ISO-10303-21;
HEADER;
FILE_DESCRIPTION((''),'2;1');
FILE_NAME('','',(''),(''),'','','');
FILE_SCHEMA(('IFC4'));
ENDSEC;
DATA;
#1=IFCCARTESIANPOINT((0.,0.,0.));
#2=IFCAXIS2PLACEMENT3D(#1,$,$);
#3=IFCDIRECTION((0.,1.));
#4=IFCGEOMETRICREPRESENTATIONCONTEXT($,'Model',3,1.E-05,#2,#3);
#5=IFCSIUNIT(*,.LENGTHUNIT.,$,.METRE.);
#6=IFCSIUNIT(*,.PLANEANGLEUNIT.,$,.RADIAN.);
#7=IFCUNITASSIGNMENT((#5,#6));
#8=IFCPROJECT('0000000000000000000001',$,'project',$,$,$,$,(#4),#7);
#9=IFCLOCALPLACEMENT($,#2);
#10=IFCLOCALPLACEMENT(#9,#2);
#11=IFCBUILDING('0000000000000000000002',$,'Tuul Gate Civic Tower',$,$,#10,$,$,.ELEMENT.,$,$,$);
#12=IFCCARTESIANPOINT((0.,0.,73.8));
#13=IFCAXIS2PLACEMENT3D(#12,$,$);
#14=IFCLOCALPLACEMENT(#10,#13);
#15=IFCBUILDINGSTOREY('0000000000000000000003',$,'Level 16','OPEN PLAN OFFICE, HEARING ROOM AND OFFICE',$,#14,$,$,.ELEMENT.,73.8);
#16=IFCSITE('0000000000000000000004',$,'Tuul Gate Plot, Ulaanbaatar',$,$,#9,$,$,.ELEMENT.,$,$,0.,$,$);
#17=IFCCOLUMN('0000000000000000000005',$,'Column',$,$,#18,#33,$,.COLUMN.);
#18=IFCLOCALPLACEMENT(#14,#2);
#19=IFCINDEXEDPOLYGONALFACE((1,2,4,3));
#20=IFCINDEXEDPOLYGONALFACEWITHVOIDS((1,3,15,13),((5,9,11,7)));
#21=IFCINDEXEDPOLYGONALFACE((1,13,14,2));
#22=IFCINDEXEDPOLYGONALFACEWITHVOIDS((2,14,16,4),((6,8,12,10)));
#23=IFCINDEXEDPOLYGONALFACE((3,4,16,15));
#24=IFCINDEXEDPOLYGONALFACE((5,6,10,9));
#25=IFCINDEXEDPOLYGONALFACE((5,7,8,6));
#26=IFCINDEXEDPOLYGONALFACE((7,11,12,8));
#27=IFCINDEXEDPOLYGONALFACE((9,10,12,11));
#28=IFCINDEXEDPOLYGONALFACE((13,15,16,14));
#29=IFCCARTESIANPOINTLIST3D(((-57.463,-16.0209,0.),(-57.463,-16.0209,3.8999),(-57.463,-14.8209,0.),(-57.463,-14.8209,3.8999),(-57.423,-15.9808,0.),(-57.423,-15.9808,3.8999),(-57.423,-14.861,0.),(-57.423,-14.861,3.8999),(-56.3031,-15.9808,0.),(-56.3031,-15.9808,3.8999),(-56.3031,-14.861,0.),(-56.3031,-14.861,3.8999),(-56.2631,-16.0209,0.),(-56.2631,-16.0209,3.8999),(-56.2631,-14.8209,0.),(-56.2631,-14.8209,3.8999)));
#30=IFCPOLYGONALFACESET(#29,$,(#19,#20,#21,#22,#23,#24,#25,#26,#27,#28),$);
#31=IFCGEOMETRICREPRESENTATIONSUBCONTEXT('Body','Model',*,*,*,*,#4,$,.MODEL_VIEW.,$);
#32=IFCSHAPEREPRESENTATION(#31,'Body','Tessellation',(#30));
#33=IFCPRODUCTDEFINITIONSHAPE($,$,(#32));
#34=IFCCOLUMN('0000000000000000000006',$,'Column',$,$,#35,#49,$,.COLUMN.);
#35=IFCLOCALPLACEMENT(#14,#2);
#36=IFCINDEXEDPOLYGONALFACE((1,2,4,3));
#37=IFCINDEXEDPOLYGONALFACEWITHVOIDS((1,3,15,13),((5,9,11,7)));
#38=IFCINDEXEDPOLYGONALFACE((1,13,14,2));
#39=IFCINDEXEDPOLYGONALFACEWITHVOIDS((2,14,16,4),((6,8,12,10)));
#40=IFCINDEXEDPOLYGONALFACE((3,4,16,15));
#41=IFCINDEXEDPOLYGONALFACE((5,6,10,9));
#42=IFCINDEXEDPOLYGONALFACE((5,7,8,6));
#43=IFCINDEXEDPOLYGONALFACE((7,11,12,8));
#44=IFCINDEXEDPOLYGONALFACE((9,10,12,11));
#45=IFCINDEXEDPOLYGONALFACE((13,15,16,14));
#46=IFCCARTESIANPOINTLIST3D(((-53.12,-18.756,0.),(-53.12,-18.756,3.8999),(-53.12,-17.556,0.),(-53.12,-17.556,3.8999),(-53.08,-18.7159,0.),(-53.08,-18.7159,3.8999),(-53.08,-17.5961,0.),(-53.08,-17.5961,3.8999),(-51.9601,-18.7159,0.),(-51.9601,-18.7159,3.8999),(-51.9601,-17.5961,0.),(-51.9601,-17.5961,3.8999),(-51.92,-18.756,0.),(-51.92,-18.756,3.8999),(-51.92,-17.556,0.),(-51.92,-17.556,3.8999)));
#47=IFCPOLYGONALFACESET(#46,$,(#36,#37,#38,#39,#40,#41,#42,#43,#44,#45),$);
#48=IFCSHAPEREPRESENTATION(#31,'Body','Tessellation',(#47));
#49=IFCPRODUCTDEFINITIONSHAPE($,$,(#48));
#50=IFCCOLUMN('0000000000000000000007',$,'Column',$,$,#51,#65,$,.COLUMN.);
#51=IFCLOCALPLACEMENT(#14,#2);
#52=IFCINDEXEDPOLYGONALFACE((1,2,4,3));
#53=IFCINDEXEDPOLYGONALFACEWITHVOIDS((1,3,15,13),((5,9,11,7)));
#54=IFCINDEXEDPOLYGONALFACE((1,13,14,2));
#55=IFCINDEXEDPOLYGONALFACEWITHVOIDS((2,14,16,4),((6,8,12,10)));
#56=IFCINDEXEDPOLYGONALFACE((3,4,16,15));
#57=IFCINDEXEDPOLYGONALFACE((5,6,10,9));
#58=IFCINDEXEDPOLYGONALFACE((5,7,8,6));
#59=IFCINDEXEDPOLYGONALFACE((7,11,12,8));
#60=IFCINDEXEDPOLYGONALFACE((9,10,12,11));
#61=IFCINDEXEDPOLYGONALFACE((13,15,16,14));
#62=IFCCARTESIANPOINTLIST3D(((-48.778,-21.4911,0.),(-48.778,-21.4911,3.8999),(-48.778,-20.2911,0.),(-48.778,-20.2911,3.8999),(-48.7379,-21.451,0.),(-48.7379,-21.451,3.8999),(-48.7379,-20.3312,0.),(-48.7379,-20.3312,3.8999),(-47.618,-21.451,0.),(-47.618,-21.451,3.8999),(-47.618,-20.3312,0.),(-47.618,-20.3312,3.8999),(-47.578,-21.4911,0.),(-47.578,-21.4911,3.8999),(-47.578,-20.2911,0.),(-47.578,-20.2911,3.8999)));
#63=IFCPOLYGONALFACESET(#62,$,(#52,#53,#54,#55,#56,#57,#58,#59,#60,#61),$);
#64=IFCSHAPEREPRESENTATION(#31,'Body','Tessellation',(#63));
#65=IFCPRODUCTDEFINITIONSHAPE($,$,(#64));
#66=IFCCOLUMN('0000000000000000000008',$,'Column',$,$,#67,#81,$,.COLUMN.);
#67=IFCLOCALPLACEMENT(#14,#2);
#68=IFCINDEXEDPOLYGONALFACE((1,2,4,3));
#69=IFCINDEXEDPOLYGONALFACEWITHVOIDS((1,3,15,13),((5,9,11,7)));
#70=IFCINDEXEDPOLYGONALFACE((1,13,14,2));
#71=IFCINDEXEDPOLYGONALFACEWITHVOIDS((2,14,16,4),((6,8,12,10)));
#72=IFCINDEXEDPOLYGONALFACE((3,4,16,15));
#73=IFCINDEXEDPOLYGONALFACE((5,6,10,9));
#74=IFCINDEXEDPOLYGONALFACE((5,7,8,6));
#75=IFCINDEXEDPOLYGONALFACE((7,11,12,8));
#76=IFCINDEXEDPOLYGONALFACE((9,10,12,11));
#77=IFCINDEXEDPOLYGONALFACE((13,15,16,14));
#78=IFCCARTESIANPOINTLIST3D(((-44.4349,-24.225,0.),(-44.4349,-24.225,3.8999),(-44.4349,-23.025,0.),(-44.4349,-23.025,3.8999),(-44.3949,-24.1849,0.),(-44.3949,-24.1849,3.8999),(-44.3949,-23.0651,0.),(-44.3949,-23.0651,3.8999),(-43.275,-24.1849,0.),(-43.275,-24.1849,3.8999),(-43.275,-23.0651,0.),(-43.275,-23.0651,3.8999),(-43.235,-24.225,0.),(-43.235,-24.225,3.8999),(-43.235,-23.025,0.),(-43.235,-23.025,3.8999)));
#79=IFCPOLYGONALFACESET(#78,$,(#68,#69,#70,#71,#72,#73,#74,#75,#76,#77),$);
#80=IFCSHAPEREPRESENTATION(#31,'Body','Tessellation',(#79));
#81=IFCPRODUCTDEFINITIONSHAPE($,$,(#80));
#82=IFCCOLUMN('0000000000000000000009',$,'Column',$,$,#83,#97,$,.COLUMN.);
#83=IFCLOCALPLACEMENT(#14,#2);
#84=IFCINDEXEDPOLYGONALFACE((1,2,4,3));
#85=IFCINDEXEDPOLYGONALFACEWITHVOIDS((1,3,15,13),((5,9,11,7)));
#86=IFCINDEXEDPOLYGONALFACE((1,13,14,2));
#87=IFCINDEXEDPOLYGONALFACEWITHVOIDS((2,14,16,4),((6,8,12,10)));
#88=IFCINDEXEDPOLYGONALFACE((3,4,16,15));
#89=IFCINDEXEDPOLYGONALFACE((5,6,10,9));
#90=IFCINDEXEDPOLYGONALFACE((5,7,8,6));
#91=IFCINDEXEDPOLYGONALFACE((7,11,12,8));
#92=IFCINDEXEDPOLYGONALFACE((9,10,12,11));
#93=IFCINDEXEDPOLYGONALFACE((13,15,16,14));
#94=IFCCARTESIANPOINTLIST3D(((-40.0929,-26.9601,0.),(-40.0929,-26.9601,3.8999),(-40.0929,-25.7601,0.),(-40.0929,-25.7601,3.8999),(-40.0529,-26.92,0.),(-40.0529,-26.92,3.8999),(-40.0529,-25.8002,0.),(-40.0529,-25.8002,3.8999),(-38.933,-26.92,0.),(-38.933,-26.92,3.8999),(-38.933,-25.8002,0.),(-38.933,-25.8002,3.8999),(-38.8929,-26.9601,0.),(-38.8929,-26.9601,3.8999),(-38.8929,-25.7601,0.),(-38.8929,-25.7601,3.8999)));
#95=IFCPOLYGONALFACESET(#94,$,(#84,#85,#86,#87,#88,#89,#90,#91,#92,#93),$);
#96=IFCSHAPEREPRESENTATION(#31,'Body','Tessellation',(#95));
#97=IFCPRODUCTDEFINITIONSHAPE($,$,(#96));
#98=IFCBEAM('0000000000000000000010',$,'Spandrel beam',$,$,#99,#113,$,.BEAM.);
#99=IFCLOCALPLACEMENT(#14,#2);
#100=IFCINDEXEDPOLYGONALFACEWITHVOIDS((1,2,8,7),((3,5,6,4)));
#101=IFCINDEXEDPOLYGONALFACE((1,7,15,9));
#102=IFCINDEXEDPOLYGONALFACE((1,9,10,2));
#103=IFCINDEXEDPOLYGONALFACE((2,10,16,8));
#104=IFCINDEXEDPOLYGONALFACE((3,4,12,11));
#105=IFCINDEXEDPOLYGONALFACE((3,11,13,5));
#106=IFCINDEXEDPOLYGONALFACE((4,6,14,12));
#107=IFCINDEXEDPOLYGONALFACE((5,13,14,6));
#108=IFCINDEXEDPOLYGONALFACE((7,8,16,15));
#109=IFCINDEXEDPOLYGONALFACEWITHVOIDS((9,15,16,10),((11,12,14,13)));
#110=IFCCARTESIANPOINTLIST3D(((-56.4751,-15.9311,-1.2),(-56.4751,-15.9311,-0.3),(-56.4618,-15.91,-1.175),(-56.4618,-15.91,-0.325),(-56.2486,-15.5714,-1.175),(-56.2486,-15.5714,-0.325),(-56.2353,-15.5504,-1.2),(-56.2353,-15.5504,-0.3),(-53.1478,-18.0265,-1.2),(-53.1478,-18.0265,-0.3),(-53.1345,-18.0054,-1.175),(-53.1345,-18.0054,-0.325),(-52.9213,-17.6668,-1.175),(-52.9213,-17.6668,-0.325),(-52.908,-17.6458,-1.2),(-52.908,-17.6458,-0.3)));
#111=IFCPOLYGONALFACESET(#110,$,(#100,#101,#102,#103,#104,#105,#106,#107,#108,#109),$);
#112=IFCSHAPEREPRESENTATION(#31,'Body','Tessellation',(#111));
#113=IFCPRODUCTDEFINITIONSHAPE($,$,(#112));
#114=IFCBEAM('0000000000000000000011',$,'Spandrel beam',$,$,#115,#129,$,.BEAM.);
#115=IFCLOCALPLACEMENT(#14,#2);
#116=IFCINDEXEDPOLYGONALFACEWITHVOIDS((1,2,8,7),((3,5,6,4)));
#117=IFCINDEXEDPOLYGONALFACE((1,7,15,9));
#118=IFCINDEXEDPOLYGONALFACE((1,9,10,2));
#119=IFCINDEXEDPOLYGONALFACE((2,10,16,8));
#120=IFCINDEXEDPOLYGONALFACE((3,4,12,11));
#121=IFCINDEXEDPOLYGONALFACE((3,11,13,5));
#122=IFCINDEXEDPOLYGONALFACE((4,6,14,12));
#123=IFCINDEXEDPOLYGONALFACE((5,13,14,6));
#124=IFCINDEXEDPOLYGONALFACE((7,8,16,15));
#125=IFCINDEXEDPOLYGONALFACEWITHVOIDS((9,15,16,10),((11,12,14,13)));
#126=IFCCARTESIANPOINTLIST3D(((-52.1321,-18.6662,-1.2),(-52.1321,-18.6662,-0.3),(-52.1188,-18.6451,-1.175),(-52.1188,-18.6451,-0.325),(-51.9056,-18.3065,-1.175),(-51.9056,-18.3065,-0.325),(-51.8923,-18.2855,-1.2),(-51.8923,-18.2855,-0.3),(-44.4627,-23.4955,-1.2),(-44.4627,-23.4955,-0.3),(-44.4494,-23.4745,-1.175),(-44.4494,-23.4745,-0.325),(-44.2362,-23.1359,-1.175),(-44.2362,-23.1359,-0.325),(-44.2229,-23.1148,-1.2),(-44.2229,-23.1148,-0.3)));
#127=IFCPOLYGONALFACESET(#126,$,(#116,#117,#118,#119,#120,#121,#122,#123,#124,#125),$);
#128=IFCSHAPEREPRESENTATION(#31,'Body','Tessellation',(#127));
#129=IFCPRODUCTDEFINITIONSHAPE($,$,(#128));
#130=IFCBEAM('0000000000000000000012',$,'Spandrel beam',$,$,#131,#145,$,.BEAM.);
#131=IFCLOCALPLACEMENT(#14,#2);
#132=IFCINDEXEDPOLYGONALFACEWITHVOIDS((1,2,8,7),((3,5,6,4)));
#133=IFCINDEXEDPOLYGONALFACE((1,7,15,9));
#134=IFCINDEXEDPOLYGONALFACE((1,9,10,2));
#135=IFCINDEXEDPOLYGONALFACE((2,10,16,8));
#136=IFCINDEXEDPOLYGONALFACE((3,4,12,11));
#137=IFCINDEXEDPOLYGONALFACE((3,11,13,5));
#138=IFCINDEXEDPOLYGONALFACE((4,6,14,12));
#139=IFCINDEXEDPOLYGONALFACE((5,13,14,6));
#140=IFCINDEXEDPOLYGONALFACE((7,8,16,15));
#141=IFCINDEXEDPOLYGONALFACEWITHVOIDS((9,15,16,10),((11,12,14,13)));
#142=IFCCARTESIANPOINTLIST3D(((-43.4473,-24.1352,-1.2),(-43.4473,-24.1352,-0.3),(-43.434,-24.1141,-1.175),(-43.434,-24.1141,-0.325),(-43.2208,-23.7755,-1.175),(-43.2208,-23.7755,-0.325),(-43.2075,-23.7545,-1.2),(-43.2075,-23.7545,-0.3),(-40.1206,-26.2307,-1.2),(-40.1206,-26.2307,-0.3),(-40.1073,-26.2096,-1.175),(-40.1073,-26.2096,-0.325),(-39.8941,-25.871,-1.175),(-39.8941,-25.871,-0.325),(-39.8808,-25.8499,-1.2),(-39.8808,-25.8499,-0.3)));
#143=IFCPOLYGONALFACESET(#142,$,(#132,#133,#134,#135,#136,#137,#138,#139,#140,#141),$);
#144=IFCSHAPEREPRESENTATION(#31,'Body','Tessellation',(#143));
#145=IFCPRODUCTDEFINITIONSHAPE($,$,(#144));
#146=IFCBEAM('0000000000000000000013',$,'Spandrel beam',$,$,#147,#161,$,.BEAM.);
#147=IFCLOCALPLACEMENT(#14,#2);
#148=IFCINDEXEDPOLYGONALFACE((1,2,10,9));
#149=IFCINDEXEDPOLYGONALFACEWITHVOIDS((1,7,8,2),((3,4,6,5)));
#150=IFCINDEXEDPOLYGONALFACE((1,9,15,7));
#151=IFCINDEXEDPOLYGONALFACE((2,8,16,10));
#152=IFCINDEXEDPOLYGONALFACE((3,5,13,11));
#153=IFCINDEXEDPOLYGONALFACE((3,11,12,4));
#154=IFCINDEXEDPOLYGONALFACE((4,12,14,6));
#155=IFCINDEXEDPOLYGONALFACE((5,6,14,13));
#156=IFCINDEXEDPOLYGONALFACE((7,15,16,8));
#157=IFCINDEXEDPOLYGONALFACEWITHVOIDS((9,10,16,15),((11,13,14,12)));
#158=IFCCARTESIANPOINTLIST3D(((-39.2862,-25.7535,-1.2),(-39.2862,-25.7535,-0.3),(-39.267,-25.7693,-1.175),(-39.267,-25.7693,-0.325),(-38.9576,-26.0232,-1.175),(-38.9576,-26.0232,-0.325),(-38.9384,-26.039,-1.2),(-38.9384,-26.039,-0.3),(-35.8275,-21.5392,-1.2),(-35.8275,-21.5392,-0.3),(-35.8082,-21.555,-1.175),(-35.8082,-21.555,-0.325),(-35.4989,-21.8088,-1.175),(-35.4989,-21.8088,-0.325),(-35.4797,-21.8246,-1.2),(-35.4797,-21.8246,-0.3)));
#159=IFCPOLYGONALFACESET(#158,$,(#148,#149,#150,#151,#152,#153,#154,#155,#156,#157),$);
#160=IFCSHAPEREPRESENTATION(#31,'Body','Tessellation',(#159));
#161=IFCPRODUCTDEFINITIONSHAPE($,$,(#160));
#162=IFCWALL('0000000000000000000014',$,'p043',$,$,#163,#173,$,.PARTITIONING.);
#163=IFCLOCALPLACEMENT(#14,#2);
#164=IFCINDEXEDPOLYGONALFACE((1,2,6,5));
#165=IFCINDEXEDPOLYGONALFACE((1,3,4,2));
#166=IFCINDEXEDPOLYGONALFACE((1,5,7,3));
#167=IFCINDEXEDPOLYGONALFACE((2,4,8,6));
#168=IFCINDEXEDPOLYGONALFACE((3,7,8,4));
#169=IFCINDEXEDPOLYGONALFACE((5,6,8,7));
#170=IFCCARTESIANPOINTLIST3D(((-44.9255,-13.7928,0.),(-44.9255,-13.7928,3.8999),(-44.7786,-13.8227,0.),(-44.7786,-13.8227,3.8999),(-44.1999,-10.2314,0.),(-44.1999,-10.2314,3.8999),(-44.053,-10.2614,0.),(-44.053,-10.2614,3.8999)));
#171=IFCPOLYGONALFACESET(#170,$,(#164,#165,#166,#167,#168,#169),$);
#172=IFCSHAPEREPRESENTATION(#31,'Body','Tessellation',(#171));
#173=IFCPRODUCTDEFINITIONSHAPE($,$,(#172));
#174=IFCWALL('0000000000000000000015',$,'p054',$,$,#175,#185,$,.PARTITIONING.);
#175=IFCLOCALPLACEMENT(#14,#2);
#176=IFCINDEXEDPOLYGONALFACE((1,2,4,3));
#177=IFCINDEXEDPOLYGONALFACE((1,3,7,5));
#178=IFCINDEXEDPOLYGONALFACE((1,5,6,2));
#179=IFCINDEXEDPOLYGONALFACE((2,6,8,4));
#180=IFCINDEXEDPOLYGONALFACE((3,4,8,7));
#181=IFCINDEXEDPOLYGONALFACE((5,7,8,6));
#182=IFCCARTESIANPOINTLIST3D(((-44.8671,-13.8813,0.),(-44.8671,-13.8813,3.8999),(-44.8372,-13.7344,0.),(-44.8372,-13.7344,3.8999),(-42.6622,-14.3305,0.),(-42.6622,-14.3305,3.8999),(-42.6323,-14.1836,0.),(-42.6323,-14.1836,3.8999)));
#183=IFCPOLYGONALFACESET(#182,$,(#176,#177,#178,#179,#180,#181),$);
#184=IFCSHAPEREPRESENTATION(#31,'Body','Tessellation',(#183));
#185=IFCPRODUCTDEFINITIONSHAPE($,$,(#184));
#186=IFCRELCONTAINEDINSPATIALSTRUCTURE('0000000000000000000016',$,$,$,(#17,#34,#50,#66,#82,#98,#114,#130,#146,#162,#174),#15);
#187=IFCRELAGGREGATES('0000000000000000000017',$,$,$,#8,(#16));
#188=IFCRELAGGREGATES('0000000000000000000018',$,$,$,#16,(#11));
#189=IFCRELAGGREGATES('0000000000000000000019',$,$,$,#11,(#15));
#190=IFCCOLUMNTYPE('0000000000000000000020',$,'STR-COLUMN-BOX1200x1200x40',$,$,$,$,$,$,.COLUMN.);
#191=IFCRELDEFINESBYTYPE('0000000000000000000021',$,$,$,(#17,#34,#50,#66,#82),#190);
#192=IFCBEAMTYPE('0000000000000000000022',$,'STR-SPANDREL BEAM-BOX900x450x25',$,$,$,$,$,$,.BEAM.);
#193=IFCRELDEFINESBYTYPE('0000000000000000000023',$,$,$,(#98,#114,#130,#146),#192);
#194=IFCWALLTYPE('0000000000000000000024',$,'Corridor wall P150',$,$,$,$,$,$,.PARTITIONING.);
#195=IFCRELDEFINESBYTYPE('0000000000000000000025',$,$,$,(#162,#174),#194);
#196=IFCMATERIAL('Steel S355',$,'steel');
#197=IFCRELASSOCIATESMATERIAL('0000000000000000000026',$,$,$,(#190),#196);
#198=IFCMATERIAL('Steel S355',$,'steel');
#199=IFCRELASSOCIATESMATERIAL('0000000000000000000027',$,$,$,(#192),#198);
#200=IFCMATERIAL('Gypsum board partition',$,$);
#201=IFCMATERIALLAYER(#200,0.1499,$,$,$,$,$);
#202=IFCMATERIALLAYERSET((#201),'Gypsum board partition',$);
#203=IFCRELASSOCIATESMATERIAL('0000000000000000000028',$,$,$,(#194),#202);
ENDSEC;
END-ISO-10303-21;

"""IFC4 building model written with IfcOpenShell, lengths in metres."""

from ifc_helpers import new_model, si_unit, direction, frame, frame_2d, origin, origin_2d, place, context, subcontext, project, spatial, rectangle, hollow_rectangle, extrude, material, layer, layer_set, material_profile, profile_set, type_object, element, save


model = new_model("IFC4")

# Units and contexts
model_context = context("Model", 3, precision=1e-05, world=origin(), true_north=direction((0.0, 1.0)))
body_context = subcontext(model_context, "Body", "Model", "MODEL_VIEW")
ifc_project = project(units=[si_unit("LENGTHUNIT", "METRE"), si_unit("PLANEANGLEUNIT", "RADIAN")], contexts=[model_context])

# Site, building, storey
site_placement = place(None, origin())
site = spatial("IfcSite", under=ifc_project, at=site_placement, Name="Tuul Gate Plot, Ulaanbaatar", CompositionType="ELEMENT", RefElevation=0.0)
building_placement = place(site_placement, origin())
building = spatial("IfcBuilding", under=site, at=building_placement, Name="Tuul Gate Civic Tower", CompositionType="ELEMENT")
storey_placement = place(building_placement, frame((0.0, 0.0, 73.8)))
storey = spatial("IfcBuildingStorey", under=building, at=storey_placement, Name="Level 16", Description="OPEN PLAN OFFICE, HEARING ROOM AND OFFICE", CompositionType="ELEMENT", Elevation=73.8)

# Columns
ifc_material_1 = material(Name="Steel S355", Category="steel")
ifc_material_profile_1 = material_profile(ifc_material_1, hollow_rectangle(XDim=1.2, YDim=1.2, WallThickness=0.04, at=origin_2d()), Name="BOX1200x1200x40")
ifc_profile_set_1 = profile_set([ifc_material_profile_1], Name="Steel S355")
column_type = type_object("IfcColumnType", Name="STR-COLUMN-BOX1200x1200x40", PredefinedType="COLUMN", material=ifc_profile_set_1)
for number, where, z_axis, x_axis, name in (
    (1, (-56.863, -15.4209, 0.0), (0.0, 0.0, 1.0), (1.0, 0.0, 0.0), "Column"),
    (2, (-52.52, -18.156, 0.0), (0.0, 0.0, 1.0), (1.0, 0.0, 0.0), "Column"),
    (3, (-48.178, -20.8911, 0.0), (0.0, 0.0, 1.0), (1.0, 0.0, 0.0), "Column"),
    (4, (-43.835, -23.625, 0.0), (0.0, 0.0, 1.0), (1.0, 0.0, 0.0), "Column"),
    (5, (-39.4929, -26.3601, 0.0), (0.0, 0.0, 1.0), (1.0, 0.0, 0.0), "Column"),
):
    element("IfcColumn", number, at=place(storey_placement, frame(where, z_axis=z_axis, x_axis=x_axis)), inside=storey, type_object=column_type, Name=name, PredefinedType="COLUMN", context=body_context, shape_type="SweptSolid", body=[
        extrude(hollow_rectangle(XDim=1.2, YDim=1.2, WallThickness=0.04, at=origin_2d()), origin(), (0.0, 0.0, 1.0), 3.8999),
    ])

# Beams
ifc_material_2 = material(Name="Steel S355", Category="steel")
ifc_material_profile_2 = material_profile(ifc_material_2, hollow_rectangle(XDim=0.45, YDim=0.8999, WallThickness=0.0249, at=origin_2d()), Name="BOX900x450x25")
ifc_profile_set_2 = profile_set([ifc_material_profile_2], Name="Steel S355")
beam_type = type_object("IfcBeamType", Name="STR-SPANDREL BEAM-BOX900x450x25", PredefinedType="BEAM", material=ifc_profile_set_2)
beam_1_placement = place(storey_placement, frame((-56.3552, -15.7407, -0.75), z_axis=(0.846183, -0.532892, 0.0), x_axis=(0.532892, 0.846183, 0.0)))
element("IfcBeam", 6, at=beam_1_placement, inside=storey, type_object=beam_type, Name="Spandrel beam", PredefinedType="BEAM", context=body_context, shape_type="SweptSolid", body=[
    extrude(hollow_rectangle(XDim=0.45, YDim=0.8999, WallThickness=0.0249, at=origin_2d()), origin(), (0.0, 0.0, 1.0), 3.9321),
])
beam_2_placement = place(storey_placement, frame((-52.0122, -18.4758, -0.75), z_axis=(0.846211, -0.532848, 0.0), x_axis=(0.532848, 0.846211, 0.0)))
element("IfcBeam", 7, at=beam_2_placement, inside=storey, type_object=beam_type, Name="Spandrel beam", PredefinedType="BEAM", context=body_context, shape_type="SweptSolid", body=[
    extrude(hollow_rectangle(XDim=0.45, YDim=0.8999, WallThickness=0.0249, at=origin_2d()), origin(), (0.0, 0.0, 1.0), 9.0632),
])
beam_3_placement = place(storey_placement, frame((-43.3274, -23.9448, -0.75), z_axis=(0.84613, -0.532976, 0.0), x_axis=(0.532976, 0.84613, 0.0)))
element("IfcBeam", 8, at=beam_3_placement, inside=storey, type_object=beam_type, Name="Spandrel beam", PredefinedType="BEAM", context=body_context, shape_type="SweptSolid", body=[
    extrude(hollow_rectangle(XDim=0.45, YDim=0.8999, WallThickness=0.0249, at=origin_2d()), origin(), (0.0, 0.0, 1.0), 3.9316),
])
beam_4_placement = place(storey_placement, frame((-39.1123, -25.8962, -0.75), z_axis=(0.634405, 0.773001, 0.0), x_axis=(-0.773001, 0.634405, 0.0)))
element("IfcBeam", 9, at=beam_4_placement, inside=storey, type_object=beam_type, Name="Spandrel beam", PredefinedType="BEAM", context=body_context, shape_type="SweptSolid", body=[
    extrude(hollow_rectangle(XDim=0.45, YDim=0.8999, WallThickness=0.0249, at=origin_2d()), origin(), (0.0, 0.0, 1.0), 5.4519),
])

# Walls
ifc_material_3 = material(Name="Gypsum board partition")
ifc_layer_1 = layer(ifc_material_3, 0.1499)
ifc_layer_set_1 = layer_set([ifc_layer_1], Name="Gypsum board partition")
wall_type_1 = type_object("IfcWallType", Name="Corridor wall P150", PredefinedType="PARTITIONING", material=ifc_layer_set_1)
wall_1_placement = place(storey_placement, frame((-44.8521, -13.8079, 0.0), z_axis=(0.0, 0.0, 1.0), x_axis=(0.199642, 0.979869, 0.0)))
element("IfcWall", 10, at=wall_1_placement, inside=storey, type_object=wall_type_1, Name="p043", PredefinedType="PARTITIONING", context=body_context, shape_type="SweptSolid", body=[
    extrude(rectangle(XDim=3.6345, YDim=0.1499, at=frame_2d((1.8174, 0.0))), origin(), (0.0, 0.0, 1.0), 3.8999),
])
wall_2_placement = place(storey_placement, frame((-44.8521, -13.8079, 0.0), z_axis=(0.0, 0.0, 1.0), x_axis=(0.979869, -0.199641, 0.0)))
element("IfcWall", 11, at=wall_2_placement, inside=storey, type_object=wall_type_1, Name="p054", PredefinedType="PARTITIONING", context=body_context, shape_type="SweptSolid", body=[
    extrude(rectangle(XDim=2.2502, YDim=0.1499, at=frame_2d((1.125, 0.0))), origin(), (0.0, 0.0, 1.0), 3.8999),
])

save(model, "model.ifc")
